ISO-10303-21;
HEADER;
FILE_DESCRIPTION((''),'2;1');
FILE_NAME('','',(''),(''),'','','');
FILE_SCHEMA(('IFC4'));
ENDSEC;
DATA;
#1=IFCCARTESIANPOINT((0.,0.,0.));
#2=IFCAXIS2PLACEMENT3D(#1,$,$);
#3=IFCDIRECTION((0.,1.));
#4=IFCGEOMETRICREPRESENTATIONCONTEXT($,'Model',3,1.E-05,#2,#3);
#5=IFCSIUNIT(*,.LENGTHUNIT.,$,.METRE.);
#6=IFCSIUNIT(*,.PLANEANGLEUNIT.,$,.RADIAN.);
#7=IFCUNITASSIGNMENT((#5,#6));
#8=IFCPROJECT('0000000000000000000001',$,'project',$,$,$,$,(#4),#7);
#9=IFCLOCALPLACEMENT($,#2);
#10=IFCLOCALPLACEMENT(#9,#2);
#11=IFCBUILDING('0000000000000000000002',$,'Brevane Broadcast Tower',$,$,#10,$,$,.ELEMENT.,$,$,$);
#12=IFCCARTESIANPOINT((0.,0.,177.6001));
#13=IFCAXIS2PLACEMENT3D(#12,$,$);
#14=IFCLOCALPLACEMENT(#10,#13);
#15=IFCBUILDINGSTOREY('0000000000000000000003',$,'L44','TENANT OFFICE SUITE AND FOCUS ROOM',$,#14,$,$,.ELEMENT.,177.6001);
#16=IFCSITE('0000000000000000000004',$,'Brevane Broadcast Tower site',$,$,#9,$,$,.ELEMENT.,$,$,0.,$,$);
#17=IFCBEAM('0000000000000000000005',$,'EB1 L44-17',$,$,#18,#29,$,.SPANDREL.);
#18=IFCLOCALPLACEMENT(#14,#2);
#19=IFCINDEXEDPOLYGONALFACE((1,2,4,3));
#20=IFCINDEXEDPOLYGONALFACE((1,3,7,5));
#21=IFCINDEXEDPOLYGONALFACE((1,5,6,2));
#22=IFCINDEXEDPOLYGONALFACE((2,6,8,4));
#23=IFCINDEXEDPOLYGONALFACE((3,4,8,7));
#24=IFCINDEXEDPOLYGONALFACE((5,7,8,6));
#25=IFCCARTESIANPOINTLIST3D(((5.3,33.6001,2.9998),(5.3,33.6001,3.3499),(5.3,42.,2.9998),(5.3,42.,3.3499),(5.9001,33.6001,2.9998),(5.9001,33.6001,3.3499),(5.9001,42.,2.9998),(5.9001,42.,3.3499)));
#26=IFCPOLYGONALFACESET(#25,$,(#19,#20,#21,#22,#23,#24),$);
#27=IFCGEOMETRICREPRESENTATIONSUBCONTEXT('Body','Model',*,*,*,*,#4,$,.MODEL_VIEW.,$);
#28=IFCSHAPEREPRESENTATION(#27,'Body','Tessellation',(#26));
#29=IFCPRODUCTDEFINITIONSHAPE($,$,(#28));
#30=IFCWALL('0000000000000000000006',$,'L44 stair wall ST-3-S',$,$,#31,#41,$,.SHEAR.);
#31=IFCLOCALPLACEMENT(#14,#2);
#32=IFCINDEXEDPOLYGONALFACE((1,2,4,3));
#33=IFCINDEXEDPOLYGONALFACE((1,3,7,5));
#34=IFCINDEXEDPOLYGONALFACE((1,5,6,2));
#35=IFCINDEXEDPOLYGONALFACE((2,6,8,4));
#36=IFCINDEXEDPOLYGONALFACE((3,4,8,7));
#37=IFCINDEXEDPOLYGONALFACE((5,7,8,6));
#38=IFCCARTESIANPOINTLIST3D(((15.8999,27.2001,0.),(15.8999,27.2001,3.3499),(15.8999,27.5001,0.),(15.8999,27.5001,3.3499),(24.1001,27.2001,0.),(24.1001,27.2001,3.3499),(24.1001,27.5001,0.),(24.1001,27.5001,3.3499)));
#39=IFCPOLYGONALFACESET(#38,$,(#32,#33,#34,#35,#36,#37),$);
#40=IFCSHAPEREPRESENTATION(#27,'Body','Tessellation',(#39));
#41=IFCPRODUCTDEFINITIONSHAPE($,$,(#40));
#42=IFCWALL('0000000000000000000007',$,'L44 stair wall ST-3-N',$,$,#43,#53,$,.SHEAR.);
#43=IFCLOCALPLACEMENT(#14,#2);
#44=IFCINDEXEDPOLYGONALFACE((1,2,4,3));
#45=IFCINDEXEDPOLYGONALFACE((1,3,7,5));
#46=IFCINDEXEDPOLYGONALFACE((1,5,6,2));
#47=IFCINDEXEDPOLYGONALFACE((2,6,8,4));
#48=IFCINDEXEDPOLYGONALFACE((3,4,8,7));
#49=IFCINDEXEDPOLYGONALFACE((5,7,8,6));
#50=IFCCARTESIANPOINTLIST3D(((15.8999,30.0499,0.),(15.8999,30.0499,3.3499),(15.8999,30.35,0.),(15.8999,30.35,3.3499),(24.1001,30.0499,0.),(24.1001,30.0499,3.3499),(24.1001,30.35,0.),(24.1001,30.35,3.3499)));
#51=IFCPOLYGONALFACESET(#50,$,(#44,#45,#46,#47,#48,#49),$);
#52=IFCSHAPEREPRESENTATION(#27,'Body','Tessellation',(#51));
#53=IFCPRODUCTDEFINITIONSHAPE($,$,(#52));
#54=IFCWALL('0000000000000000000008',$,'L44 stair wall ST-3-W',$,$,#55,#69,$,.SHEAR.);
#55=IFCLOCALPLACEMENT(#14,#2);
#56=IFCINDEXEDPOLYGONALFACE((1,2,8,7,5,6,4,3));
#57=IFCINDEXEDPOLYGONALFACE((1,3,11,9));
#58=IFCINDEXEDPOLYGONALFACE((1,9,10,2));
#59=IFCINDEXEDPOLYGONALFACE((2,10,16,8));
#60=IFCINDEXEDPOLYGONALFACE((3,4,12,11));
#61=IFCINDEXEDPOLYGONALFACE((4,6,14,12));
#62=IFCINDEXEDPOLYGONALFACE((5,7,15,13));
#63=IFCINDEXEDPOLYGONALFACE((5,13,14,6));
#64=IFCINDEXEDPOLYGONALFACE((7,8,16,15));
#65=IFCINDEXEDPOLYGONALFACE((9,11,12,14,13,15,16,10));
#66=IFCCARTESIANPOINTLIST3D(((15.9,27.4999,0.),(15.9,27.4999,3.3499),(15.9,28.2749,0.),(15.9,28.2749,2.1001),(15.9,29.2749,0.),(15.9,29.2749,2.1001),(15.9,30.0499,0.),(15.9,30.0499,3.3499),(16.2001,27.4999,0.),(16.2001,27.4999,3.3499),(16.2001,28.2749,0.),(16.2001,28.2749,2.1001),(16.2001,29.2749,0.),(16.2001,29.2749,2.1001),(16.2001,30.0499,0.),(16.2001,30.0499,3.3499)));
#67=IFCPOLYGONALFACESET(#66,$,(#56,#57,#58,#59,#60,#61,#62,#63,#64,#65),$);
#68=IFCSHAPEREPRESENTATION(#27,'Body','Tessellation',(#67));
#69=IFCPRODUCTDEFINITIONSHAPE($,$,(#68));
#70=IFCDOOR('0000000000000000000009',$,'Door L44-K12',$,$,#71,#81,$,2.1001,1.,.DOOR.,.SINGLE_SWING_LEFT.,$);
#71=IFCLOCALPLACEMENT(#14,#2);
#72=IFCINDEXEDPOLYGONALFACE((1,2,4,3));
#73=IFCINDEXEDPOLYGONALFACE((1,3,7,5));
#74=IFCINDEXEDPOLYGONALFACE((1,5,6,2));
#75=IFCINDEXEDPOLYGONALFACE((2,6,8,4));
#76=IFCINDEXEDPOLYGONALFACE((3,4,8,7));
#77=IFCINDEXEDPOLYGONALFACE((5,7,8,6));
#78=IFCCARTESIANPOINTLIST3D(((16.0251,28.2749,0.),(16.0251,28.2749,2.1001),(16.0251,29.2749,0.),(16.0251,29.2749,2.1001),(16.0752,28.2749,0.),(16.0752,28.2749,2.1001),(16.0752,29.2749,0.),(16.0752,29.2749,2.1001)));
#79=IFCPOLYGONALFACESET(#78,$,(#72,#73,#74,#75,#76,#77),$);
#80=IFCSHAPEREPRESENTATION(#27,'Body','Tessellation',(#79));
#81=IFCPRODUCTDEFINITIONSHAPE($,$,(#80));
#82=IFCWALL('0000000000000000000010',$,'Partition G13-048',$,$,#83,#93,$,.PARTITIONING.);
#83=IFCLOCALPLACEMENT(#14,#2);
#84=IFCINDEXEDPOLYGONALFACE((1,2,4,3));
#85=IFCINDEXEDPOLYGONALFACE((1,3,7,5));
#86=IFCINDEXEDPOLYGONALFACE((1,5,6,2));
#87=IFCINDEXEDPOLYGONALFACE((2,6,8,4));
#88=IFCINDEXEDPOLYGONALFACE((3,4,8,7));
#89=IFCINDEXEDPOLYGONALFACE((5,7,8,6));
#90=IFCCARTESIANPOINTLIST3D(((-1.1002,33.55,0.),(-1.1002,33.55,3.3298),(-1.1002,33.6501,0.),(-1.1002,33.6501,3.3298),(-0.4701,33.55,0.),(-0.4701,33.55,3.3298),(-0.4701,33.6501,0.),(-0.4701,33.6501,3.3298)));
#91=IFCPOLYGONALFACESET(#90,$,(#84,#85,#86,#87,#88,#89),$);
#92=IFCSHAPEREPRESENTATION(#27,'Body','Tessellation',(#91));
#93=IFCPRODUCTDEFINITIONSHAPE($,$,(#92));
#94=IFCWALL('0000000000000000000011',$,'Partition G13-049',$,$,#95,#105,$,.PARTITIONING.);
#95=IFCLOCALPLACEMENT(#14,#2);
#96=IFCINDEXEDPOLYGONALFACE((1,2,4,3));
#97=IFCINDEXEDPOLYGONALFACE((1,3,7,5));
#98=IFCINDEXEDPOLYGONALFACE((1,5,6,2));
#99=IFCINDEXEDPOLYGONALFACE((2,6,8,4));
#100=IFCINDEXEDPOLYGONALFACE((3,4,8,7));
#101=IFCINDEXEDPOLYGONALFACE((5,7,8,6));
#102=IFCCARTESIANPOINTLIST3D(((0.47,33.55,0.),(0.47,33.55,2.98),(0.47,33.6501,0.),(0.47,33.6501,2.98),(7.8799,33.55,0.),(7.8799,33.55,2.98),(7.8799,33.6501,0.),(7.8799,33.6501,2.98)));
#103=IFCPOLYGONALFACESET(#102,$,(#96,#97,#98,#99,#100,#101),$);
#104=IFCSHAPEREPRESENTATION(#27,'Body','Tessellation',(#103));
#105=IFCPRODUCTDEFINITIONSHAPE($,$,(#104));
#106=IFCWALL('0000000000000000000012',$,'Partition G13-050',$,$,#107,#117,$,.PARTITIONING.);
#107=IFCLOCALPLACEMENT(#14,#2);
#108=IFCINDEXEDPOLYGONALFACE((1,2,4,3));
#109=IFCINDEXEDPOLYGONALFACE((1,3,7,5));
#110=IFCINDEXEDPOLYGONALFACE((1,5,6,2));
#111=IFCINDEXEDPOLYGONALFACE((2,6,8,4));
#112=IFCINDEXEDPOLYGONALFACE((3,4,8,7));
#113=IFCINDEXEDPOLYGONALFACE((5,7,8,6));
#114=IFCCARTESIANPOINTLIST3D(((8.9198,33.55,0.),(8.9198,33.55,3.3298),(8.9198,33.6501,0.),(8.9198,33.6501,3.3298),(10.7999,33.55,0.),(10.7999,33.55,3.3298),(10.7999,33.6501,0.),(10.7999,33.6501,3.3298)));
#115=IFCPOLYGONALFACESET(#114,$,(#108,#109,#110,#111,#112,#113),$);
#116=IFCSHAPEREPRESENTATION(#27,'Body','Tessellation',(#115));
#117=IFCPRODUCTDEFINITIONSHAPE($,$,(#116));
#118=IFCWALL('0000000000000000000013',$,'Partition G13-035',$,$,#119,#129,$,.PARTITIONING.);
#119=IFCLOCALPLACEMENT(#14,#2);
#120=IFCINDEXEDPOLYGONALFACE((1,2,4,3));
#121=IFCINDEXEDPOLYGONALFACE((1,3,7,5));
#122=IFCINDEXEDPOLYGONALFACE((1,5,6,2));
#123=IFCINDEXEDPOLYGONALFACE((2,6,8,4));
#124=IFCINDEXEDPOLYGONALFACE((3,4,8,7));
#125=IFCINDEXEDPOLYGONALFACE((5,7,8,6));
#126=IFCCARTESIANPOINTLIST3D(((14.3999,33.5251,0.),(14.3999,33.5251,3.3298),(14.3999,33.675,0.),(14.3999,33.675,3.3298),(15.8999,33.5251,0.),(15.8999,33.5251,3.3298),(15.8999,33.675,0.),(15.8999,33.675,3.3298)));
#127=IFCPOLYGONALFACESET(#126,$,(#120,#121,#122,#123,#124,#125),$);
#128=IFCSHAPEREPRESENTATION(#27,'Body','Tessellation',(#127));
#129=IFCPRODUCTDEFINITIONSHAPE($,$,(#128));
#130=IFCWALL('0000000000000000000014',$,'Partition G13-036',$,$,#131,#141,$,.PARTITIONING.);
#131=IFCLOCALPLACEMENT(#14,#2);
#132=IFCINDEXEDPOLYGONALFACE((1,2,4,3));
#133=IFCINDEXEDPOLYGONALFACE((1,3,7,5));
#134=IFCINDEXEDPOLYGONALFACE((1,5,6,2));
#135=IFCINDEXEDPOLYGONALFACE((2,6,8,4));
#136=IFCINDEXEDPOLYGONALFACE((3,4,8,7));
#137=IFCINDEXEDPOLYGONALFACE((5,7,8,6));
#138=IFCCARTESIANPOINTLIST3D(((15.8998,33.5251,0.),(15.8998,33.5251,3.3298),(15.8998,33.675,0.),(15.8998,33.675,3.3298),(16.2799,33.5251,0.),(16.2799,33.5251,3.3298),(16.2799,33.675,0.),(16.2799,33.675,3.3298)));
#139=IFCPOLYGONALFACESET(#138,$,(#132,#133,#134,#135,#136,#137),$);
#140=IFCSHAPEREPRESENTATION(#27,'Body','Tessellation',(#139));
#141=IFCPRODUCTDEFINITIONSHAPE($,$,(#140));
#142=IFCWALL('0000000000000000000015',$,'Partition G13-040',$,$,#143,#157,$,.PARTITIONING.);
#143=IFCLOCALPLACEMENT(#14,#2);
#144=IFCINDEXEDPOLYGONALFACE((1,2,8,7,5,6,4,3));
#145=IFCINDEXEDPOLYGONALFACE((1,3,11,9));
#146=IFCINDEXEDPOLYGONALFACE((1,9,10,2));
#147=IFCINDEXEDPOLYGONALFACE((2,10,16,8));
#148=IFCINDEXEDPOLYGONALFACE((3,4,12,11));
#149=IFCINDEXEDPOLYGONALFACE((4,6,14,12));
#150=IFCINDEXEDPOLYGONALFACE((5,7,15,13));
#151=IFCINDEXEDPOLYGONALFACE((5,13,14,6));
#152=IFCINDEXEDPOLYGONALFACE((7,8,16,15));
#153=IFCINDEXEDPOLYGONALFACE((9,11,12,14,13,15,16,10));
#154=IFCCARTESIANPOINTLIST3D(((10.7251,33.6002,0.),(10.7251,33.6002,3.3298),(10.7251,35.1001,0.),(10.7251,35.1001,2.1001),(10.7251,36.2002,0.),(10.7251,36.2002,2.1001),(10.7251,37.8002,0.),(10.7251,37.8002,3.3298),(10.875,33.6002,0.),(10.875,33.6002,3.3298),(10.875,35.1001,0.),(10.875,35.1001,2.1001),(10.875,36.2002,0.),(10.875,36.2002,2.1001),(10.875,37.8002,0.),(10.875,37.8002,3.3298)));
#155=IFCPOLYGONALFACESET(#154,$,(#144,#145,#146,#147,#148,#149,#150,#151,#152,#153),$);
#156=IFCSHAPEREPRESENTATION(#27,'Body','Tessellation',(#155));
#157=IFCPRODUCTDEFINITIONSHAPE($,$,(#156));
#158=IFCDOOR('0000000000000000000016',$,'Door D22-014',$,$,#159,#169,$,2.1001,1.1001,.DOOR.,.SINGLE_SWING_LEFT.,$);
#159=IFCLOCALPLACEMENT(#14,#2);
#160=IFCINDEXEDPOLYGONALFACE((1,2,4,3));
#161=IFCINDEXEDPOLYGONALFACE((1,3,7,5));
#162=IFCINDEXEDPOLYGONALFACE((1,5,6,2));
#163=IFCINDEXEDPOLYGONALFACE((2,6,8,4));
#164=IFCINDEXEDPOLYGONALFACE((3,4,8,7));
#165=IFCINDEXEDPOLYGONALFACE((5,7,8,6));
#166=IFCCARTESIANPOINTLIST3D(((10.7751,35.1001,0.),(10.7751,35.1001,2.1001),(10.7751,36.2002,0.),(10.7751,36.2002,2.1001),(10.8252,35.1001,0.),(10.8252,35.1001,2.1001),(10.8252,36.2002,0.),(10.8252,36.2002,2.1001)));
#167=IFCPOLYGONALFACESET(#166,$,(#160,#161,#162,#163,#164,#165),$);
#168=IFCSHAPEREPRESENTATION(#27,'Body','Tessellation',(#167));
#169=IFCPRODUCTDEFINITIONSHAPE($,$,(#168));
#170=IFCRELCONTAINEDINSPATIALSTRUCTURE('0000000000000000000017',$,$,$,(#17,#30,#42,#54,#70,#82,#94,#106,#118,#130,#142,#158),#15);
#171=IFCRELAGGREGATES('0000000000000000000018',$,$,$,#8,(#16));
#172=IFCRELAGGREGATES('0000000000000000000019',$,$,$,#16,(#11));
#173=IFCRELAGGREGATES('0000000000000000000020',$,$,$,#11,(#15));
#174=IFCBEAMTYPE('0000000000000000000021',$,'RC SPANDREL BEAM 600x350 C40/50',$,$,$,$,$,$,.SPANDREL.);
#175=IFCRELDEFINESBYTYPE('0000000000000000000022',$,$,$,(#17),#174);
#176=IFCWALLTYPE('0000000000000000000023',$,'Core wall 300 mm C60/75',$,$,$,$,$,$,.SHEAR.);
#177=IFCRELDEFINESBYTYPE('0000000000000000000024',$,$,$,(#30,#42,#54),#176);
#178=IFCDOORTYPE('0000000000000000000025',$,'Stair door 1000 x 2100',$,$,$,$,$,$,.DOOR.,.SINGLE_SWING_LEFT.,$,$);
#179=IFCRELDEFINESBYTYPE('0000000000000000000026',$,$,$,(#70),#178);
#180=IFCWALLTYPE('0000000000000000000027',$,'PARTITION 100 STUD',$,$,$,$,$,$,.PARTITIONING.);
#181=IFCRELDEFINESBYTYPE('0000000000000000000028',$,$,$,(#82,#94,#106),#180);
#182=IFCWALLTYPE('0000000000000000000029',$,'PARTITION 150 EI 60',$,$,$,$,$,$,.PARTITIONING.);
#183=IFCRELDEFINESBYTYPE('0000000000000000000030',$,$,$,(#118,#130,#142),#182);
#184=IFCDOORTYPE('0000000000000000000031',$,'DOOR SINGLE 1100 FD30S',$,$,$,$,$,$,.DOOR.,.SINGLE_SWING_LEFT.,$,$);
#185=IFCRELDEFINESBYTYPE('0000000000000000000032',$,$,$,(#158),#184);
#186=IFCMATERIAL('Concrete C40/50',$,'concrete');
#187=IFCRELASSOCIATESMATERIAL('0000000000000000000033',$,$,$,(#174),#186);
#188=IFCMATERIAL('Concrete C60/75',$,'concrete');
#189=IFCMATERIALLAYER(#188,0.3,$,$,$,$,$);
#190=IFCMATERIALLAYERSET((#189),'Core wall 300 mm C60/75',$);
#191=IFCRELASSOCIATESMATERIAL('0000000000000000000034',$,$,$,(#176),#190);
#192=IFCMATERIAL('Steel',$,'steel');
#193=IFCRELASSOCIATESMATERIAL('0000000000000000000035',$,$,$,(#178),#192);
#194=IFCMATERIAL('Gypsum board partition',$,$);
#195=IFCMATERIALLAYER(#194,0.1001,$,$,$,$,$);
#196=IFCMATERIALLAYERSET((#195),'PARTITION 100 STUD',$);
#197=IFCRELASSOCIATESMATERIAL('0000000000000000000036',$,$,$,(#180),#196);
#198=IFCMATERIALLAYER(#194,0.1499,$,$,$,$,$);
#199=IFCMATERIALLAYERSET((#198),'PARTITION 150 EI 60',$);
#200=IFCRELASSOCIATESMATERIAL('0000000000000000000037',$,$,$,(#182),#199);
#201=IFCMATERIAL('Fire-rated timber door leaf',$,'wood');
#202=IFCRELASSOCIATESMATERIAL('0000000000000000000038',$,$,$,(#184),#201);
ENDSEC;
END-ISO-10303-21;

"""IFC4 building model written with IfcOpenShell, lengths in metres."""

from ifc_helpers import new_model, si_unit, direction, frame, frame_2d, origin, origin_2d, place, context, subcontext, project, spatial, polyline, rectangle, outline, extrude, material, layer, layer_set, material_profile, profile_set, type_object, element, fill, save


model = new_model("IFC4")

# Units and contexts
model_context = context("Model", 3, precision=1e-05, world=origin(), true_north=direction((0.0, 1.0)))
body_context = subcontext(model_context, "Body", "Model", "MODEL_VIEW")
ifc_project = project(units=[si_unit("LENGTHUNIT", "METRE"), si_unit("PLANEANGLEUNIT", "RADIAN")], contexts=[model_context])

# Site, building, storey
site_placement = place(None, origin())
site = spatial("IfcSite", under=ifc_project, at=site_placement, Name="Brevane Broadcast Tower site", CompositionType="ELEMENT", RefElevation=0.0)
building_placement = place(site_placement, origin())
building = spatial("IfcBuilding", under=site, at=building_placement, Name="Brevane Broadcast Tower", CompositionType="ELEMENT")
storey_placement = place(building_placement, frame((0.0, 0.0, 177.6001)))
storey = spatial("IfcBuildingStorey", under=building, at=storey_placement, Name="L44", Description="TENANT OFFICE SUITE AND FOCUS ROOM", CompositionType="ELEMENT", Elevation=177.6001)

# Shared definitions
ifc_material_1 = material(Name="Concrete C60/75", Category="concrete")

# Beam
ifc_material_2 = material(Name="Concrete C40/50", Category="concrete")
ifc_material_profile_1 = material_profile(ifc_material_2, rectangle(XDim=0.6001, YDim=0.3501, at=origin_2d()), Name="RC 600x350")
ifc_profile_set_1 = profile_set([ifc_material_profile_1], Name="Concrete C40/50")
beam_type = type_object("IfcBeamType", Name="RC SPANDREL BEAM 600x350 C40/50", PredefinedType="SPANDREL", material=ifc_profile_set_1)
beam_1_placement = place(storey_placement, frame((5.6001, 33.6001, 3.1748), z_axis=(0.0, 1.0, 0.0), x_axis=(-1.0, 0.0, 0.0)))
element("IfcBeam", 1, at=beam_1_placement, inside=storey, type_object=beam_type, Name="EB1 L44-17", PredefinedType="SPANDREL", context=body_context, shape_type="SweptSolid", body=[
    extrude(rectangle(XDim=0.6001, YDim=0.3501, at=origin_2d()), origin(), (0.0, 0.0, 1.0), 8.3999),
])

# Walls
ifc_layer_1 = layer(ifc_material_1, 0.3)
ifc_layer_set_1 = layer_set([ifc_layer_1], Name="Core wall 300 mm C60/75")
wall_type_1 = type_object("IfcWallType", Name="Core wall 300 mm C60/75", PredefinedType="SHEAR", material=ifc_layer_set_1)
for number, where, z_axis, x_axis, name in (
    (2, (15.8999, 27.3501, 0.0), (0.0, 0.0, 1.0), (1.0, 0.0, 0.0), "L44 stair wall ST-3-S"),
    (3, (15.8999, 30.2, 0.0), (0.0, 0.0, 1.0), (1.0, 0.0, 0.0), "L44 stair wall ST-3-N"),
):
    element("IfcWall", number, at=place(storey_placement, frame(where, z_axis=z_axis, x_axis=x_axis)), inside=storey, type_object=wall_type_1, Name=name, PredefinedType="SHEAR", context=body_context, shape_type="SweptSolid", body=[
        extrude(rectangle(XDim=8.2002, YDim=0.3, at=frame_2d((4.1001, 0.0))), origin(), (0.0, 0.0, 1.0), 3.3499),
    ])

# Wall, opening, door
wall_1_placement = place(storey_placement, frame((16.05, 27.5, 0.0), z_axis=(0.0, 0.0, 1.0), x_axis=(0.0, 1.0, 0.0)))
wall_1 = element("IfcWall", 4, at=wall_1_placement, inside=storey, type_object=wall_type_1, Name="L44 stair wall ST-3-W", PredefinedType="SHEAR", context=body_context, shape_type="SweptSolid", body=[
    extrude(rectangle(XDim=2.55, YDim=0.3, at=frame_2d((1.2749, 0.0))), origin(), (0.0, 0.0, 1.0), 3.3499),
])
opening_1_placement = place(wall_1_placement, frame((0.7749, 0.0, 0.0)))
opening_1 = element("IfcOpeningElement", 5, at=opening_1_placement, cuts=wall_1, PredefinedType="OPENING", context=body_context, shape_type="SweptSolid", body=[
    extrude(rectangle(XDim=1.0, YDim=2.1001, at=frame_2d((0.5, 1.05))), frame((0.0, 0.1599, 0.0), z_axis=(0.0, -1.0, 0.0), x_axis=(1.0, 0.0, 0.0)), (0.0, 0.0, 1.0), 0.3201),
])
ifc_material_3 = material(Name="Steel", Category="steel")
door_type_1 = type_object("IfcDoorType", Name="Stair door 1000 x 2100", OperationType="SINGLE_SWING_LEFT", PredefinedType="DOOR", material=ifc_material_3)
door_1_placement = place(opening_1_placement, origin())
door_1 = element("IfcDoor", 6, at=door_1_placement, inside=storey, type_object=door_type_1, Name="Door L44-K12", OperationType="SINGLE_SWING_LEFT", OverallHeight=2.1001, OverallWidth=1.0, PredefinedType="DOOR", context=body_context, shape_type="SweptSolid", body=[
    extrude(rectangle(XDim=1.0, YDim=2.1001, at=frame_2d((0.5, 1.05))), frame((0.0, 0.0249, 0.0), z_axis=(0.0, -1.0, 0.0), x_axis=(1.0, 0.0, 0.0)), (0.0, 0.0, 1.0), 0.05),
])
fill(opening_1, door_1)

# Walls
ifc_material_4 = material(Name="Gypsum board partition")
ifc_layer_2 = layer(ifc_material_4, 0.1001)
ifc_layer_set_2 = layer_set([ifc_layer_2], Name="PARTITION 100 STUD")
wall_type_2 = type_object("IfcWallType", Name="PARTITION 100 STUD", PredefinedType="PARTITIONING", material=ifc_layer_set_2)
wall_2_placement = place(storey_placement, frame((-1.1001, 33.6001, 0.0), z_axis=(0.0, 0.0, 1.0), x_axis=(1.0, 0.0, 0.0)))
element("IfcWall", 7, at=wall_2_placement, inside=storey, type_object=wall_type_2, Name="Partition G13-048", PredefinedType="PARTITIONING", context=body_context, shape_type="SweptSolid", body=[
    extrude(rectangle(XDim=0.6301, YDim=0.1001, at=frame_2d((0.3149, 0.0))), origin(), (0.0, 0.0, 1.0), 3.3298),
])
wall_3_placement = place(storey_placement, frame((0.47, 33.6001, 0.0), z_axis=(0.0, 0.0, 1.0), x_axis=(1.0, 0.0, 0.0)))
element("IfcWall", 8, at=wall_3_placement, inside=storey, type_object=wall_type_2, Name="Partition G13-049", PredefinedType="PARTITIONING", context=body_context, shape_type="SweptSolid", body=[
    extrude(outline(polyline([(0.0, 0.0), (7.4099, 0.0), (7.4099, 2.98), (0.0, 2.98), (0.0, 0.0)])), frame((0.0, 0.05, 0.0), z_axis=(0.0, -1.0, 0.0), x_axis=(1.0, 0.0, 0.0)), (0.0, 0.0, 1.0), 0.1001),
])
wall_4_placement = place(storey_placement, frame((8.9199, 33.6001, 0.0), z_axis=(0.0, 0.0, 1.0), x_axis=(1.0, 0.0, 0.0)))
element("IfcWall", 9, at=wall_4_placement, inside=storey, type_object=wall_type_2, Name="Partition G13-050", PredefinedType="PARTITIONING", context=body_context, shape_type="SweptSolid", body=[
    extrude(rectangle(XDim=1.8801, YDim=0.1001, at=frame_2d((0.9399, 0.0))), origin(), (0.0, 0.0, 1.0), 3.3298),
])
ifc_layer_3 = layer(ifc_material_4, 0.1499)
ifc_layer_set_3 = layer_set([ifc_layer_3], Name="PARTITION 150 EI 60")
wall_type_3 = type_object("IfcWallType", Name="PARTITION 150 EI 60", PredefinedType="PARTITIONING", material=ifc_layer_set_3)
wall_5_placement = place(storey_placement, frame((14.3999, 33.6001, 0.0), z_axis=(0.0, 0.0, 1.0), x_axis=(1.0, 0.0, 0.0)))
element("IfcWall", 10, at=wall_5_placement, inside=storey, type_object=wall_type_3, Name="Partition G13-035", PredefinedType="PARTITIONING", context=body_context, shape_type="SweptSolid", body=[
    extrude(rectangle(XDim=1.5, YDim=0.1499, at=frame_2d((0.75, 0.0))), origin(), (0.0, 0.0, 1.0), 3.3298),
])
wall_6_placement = place(storey_placement, frame((15.8999, 33.6001, 0.0), z_axis=(0.0, 0.0, 1.0), x_axis=(1.0, 0.0, 0.0)))
element("IfcWall", 11, at=wall_6_placement, inside=storey, type_object=wall_type_3, Name="Partition G13-036", PredefinedType="PARTITIONING", context=body_context, shape_type="SweptSolid", body=[
    extrude(rectangle(XDim=0.3801, YDim=0.1499, at=frame_2d((0.1899, 0.0))), origin(), (0.0, 0.0, 1.0), 3.3298),
])

# Wall, opening, door
wall_7_placement = place(storey_placement, frame((10.8, 33.6001, 0.0), z_axis=(0.0, 0.0, 1.0), x_axis=(0.0, 1.0, 0.0)))
wall_7 = element("IfcWall", 12, at=wall_7_placement, inside=storey, type_object=wall_type_3, Name="Partition G13-040", PredefinedType="PARTITIONING", context=body_context, shape_type="SweptSolid", body=[
    extrude(rectangle(XDim=4.2, YDim=0.1499, at=frame_2d((2.1001, 0.0))), origin(), (0.0, 0.0, 1.0), 3.3298),
])
opening_2_placement = place(wall_7_placement, frame((1.5, 0.0, 0.0)))
opening_2 = element("IfcOpeningElement", 13, at=opening_2_placement, cuts=wall_7, PredefinedType="OPENING", context=body_context, shape_type="SweptSolid", body=[
    extrude(rectangle(XDim=1.1001, YDim=2.1001, at=frame_2d((0.55, 1.05))), frame((0.0, 0.085, 0.0), z_axis=(0.0, -1.0, 0.0), x_axis=(1.0, 0.0, 0.0)), (0.0, 0.0, 1.0), 0.1699),
])
ifc_material_5 = material(Name="Fire-rated timber door leaf", Category="wood")
door_type_2 = type_object("IfcDoorType", Name="DOOR SINGLE 1100 FD30S", OperationType="SINGLE_SWING_LEFT", PredefinedType="DOOR", material=ifc_material_5)
door_2_placement = place(opening_2_placement, origin())
door_2 = element("IfcDoor", 14, at=door_2_placement, inside=storey, type_object=door_type_2, Name="Door D22-014", OperationType="SINGLE_SWING_LEFT", OverallHeight=2.1001, OverallWidth=1.1001, PredefinedType="DOOR", context=body_context, shape_type="SweptSolid", body=[
    extrude(rectangle(XDim=1.1001, YDim=2.1001, at=frame_2d((0.55, 1.05))), frame((0.0, 0.0249, 0.0), z_axis=(0.0, -1.0, 0.0), x_axis=(1.0, 0.0, 0.0)), (0.0, 0.0, 1.0), 0.05),
])
fill(opening_2, door_2)

save(model, "model.ifc")
